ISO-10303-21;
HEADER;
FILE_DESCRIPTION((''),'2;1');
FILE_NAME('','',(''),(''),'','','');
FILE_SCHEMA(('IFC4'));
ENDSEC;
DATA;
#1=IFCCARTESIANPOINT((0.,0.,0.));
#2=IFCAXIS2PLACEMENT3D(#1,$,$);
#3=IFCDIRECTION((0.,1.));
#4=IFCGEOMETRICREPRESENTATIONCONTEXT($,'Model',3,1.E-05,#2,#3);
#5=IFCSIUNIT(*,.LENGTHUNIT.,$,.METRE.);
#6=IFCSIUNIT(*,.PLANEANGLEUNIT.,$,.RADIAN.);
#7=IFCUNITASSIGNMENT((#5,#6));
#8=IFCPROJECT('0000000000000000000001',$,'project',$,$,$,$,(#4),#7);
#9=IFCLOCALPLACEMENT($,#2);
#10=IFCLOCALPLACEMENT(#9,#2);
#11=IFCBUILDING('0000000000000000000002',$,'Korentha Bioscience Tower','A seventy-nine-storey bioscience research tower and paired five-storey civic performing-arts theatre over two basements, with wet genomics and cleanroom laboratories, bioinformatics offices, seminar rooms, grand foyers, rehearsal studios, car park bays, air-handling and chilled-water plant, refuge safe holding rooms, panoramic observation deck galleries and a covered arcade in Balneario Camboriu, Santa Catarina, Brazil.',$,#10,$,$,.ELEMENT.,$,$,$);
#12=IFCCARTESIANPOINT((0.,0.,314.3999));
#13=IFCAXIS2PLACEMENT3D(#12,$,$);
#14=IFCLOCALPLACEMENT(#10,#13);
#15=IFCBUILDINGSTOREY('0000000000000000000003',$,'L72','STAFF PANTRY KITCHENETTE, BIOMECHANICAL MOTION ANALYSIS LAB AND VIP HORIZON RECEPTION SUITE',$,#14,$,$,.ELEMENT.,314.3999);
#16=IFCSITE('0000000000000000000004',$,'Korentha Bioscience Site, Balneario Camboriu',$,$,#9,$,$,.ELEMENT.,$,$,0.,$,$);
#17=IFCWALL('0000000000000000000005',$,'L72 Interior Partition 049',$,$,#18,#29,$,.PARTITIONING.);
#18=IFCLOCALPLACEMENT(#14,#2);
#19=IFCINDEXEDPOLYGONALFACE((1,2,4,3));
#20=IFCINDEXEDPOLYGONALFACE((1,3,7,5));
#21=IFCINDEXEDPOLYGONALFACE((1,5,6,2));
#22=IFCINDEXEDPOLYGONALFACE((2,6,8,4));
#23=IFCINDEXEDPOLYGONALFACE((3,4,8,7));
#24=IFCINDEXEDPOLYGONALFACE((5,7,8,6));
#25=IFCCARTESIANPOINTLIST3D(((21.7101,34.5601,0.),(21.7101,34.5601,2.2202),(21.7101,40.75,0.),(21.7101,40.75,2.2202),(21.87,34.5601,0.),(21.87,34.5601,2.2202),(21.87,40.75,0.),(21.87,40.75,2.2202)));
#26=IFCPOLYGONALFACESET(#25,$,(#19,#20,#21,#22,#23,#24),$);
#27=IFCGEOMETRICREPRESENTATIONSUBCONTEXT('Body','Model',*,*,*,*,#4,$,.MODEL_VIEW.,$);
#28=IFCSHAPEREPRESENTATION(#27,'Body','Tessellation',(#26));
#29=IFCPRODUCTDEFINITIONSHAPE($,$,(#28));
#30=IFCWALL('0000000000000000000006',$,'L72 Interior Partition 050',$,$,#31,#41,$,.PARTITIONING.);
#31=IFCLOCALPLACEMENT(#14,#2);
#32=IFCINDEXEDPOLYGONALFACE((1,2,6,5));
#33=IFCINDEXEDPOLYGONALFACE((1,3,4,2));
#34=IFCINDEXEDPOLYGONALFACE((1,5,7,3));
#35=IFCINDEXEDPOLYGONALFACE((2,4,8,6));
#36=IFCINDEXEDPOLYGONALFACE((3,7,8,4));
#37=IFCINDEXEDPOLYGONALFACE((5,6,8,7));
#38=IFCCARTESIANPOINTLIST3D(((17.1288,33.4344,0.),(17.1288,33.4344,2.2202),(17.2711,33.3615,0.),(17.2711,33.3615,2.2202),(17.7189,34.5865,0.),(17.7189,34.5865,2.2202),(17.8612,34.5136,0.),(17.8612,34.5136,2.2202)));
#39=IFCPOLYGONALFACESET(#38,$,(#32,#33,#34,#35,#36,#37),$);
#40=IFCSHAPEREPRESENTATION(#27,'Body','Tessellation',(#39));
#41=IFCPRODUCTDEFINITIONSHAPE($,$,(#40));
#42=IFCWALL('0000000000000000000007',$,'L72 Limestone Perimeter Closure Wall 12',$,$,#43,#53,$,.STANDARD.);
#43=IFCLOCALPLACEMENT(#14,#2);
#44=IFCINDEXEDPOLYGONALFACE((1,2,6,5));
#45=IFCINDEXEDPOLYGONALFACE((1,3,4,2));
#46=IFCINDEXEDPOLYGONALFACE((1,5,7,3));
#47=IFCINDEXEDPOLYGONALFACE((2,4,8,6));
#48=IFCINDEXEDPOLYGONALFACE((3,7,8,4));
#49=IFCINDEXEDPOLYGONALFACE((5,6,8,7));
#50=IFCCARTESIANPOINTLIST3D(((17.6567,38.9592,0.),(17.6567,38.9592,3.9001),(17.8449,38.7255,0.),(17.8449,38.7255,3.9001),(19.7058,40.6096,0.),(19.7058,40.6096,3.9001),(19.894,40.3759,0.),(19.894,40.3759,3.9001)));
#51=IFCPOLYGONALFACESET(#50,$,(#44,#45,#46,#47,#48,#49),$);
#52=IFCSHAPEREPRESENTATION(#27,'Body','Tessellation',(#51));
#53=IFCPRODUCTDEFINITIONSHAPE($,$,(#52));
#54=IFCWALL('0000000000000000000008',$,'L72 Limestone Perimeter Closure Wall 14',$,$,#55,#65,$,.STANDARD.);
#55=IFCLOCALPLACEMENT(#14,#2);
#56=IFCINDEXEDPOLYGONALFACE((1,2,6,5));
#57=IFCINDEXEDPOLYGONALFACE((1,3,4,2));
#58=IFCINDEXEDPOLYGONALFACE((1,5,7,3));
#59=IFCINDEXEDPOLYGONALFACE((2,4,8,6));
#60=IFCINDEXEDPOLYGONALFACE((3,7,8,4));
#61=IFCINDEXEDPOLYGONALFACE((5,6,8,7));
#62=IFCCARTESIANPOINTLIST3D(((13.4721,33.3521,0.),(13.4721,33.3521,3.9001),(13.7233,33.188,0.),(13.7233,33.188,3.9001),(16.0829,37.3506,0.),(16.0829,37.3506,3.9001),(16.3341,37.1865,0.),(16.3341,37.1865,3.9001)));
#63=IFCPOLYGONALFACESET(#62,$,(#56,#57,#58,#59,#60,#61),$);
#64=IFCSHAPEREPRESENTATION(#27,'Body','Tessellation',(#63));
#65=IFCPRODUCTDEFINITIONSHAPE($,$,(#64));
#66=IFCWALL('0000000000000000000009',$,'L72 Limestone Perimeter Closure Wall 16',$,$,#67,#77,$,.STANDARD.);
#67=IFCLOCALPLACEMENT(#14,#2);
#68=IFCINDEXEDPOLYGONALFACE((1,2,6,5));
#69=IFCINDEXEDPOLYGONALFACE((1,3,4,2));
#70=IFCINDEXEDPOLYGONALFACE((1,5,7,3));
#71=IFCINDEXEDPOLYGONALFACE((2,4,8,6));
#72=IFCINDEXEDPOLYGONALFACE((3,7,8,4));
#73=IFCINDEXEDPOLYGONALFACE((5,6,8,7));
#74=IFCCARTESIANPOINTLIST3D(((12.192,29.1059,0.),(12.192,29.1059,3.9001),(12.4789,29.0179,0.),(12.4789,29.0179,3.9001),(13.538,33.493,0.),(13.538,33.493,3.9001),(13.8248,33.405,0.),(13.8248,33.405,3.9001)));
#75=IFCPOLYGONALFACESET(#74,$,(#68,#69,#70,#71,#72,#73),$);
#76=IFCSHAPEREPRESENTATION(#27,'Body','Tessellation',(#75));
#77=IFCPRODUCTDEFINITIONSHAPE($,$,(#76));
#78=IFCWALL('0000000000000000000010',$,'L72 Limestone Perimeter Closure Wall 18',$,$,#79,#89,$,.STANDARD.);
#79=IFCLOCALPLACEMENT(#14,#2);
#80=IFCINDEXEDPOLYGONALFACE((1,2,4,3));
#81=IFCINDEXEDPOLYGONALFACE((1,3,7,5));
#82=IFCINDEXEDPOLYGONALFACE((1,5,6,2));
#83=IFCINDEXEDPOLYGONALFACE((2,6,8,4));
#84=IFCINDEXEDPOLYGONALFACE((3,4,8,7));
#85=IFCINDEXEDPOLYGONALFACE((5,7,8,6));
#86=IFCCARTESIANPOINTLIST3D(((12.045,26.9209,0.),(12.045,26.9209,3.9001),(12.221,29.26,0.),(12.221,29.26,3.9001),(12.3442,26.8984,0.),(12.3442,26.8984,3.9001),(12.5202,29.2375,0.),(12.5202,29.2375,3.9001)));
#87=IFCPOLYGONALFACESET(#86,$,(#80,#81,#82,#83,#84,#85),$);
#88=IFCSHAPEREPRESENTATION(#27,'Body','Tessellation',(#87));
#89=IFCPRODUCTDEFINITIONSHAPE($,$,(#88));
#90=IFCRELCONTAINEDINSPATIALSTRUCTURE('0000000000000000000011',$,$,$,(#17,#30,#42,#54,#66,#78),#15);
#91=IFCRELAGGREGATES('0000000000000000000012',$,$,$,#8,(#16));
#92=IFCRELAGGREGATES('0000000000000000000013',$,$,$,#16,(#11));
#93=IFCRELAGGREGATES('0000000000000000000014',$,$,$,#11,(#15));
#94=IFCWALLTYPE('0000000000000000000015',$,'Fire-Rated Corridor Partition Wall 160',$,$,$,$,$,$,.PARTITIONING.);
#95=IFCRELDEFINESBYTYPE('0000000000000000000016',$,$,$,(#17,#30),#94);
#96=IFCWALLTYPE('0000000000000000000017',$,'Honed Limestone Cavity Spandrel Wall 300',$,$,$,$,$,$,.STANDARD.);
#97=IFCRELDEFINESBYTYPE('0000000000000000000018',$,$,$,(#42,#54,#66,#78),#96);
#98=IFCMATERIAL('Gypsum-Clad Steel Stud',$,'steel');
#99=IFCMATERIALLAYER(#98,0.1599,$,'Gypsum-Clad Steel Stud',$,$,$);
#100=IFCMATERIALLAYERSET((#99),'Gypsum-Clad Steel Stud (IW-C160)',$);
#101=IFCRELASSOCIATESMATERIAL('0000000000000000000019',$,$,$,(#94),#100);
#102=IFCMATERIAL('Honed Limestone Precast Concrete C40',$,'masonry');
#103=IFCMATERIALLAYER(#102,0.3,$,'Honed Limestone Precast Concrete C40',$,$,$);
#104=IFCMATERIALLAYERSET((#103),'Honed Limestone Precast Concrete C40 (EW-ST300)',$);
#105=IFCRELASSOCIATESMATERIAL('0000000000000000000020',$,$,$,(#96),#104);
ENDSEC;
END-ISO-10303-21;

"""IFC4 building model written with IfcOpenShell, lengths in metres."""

from ifc_helpers import new_model, si_unit, direction, frame, frame_2d, origin, place, context, subcontext, project, spatial, rectangle, extrude, material, layer, layer_set, type_object, element, save


model = new_model("IFC4")

# Units and contexts
model_context = context("Model", 3, precision=1e-05, world=origin(), true_north=direction((0.0, 1.0)))
body_context = subcontext(model_context, "Body", "Model", "MODEL_VIEW")
ifc_project = project(units=[si_unit("LENGTHUNIT", "METRE"), si_unit("PLANEANGLEUNIT", "RADIAN")], contexts=[model_context])

# Site, building, storey
site_placement = place(None, origin())
site = spatial("IfcSite", under=ifc_project, at=site_placement, Name="Korentha Bioscience Site, Balneario Camboriu", CompositionType="ELEMENT", RefElevation=0.0)
building_placement = place(site_placement, origin())
building = spatial("IfcBuilding", under=site, at=building_placement, Name="Korentha Bioscience Tower", Description="A seventy-nine-storey bioscience research tower and paired five-storey civic performing-arts theatre over two basements, with wet genomics and cleanroom laboratories, bioinformatics offices, seminar rooms, grand foyers, rehearsal studios, car park bays, air-handling and chilled-water plant, refuge safe holding rooms, panoramic observation deck galleries and a covered arcade in Balneario Camboriu, Santa Catarina, Brazil.", CompositionType="ELEMENT")
storey_placement = place(building_placement, frame((0.0, 0.0, 314.3999)))
storey = spatial("IfcBuildingStorey", under=building, at=storey_placement, Name="L72", Description="STAFF PANTRY KITCHENETTE, BIOMECHANICAL MOTION ANALYSIS LAB AND VIP HORIZON RECEPTION SUITE", CompositionType="ELEMENT", Elevation=314.3999)

# Shared definitions
ifc_material_1 = material(Name="Gypsum-Clad Steel Stud", Category="steel")
ifc_layer_1 = layer(ifc_material_1, 0.1599, Name="Gypsum-Clad Steel Stud")
ifc_layer_set_1 = layer_set([ifc_layer_1], Name="Gypsum-Clad Steel Stud (IW-C160)")
wall_type_1 = type_object("IfcWallType", Name="Fire-Rated Corridor Partition Wall 160", PredefinedType="PARTITIONING", material=ifc_layer_set_1)

# Walls
wall_1_placement = place(storey_placement, frame((21.79, 40.75, 0.0), z_axis=(0.0, 0.0, 1.0), x_axis=(0.0, -1.0, 0.0)))
element("IfcWall", 1, at=wall_1_placement, inside=storey, type_object=wall_type_1, Name="L72 Interior Partition 049", PredefinedType="PARTITIONING", context=body_context, shape_type="SweptSolid", body=[
    extrude(rectangle(XDim=6.1899, YDim=0.1599, at=frame_2d((3.095, 0.0))), origin(), (0.0, 0.0, 1.0), 2.2202),
])
wall_2_placement = place(storey_placement, frame((17.79, 34.55, 0.0), z_axis=(0.0, 0.0, 1.0), x_axis=(-0.455869, -0.890047, 0.0)))
element("IfcWall", 2, at=wall_2_placement, inside=storey, type_object=wall_type_1, Name="L72 Interior Partition 050", PredefinedType="PARTITIONING", context=body_context, shape_type="SweptSolid", body=[
    extrude(rectangle(XDim=1.2944, YDim=0.1599, at=frame_2d((0.6472, 0.0))), origin(), (0.0, 0.0, 1.0), 2.2202),
])
ifc_material_2 = material(Name="Honed Limestone Precast Concrete C40", Category="masonry")
ifc_layer_2 = layer(ifc_material_2, 0.3, Name="Honed Limestone Precast Concrete C40")
ifc_layer_set_2 = layer_set([ifc_layer_2], Name="Honed Limestone Precast Concrete C40 (EW-ST300)")
wall_type_2 = type_object("IfcWallType", Name="Honed Limestone Cavity Spandrel Wall 300", PredefinedType="STANDARD", material=ifc_layer_set_2)
wall_3_placement = place(storey_placement, frame((19.7998, 40.4927, 0.0), z_axis=(0.0, 0.0, 1.0), x_axis=(-0.7788, -0.627272, 0.0)))
element("IfcWall", 3, at=wall_3_placement, inside=storey, type_object=wall_type_2, Name="L72 Limestone Perimeter Closure Wall 12", PredefinedType="STANDARD", context=body_context, shape_type="SweptSolid", body=[
    extrude(rectangle(XDim=2.6311, YDim=0.3, at=frame_2d((1.3154, 0.0))), origin(), (0.0, 0.0, 1.0), 3.9001),
])
wall_4_placement = place(storey_placement, frame((16.2085, 37.2686, 0.0), z_axis=(0.0, 0.0, 1.0), x_axis=(-0.546723, -0.837313, 0.0)))
element("IfcWall", 4, at=wall_4_placement, inside=storey, type_object=wall_type_2, Name="L72 Limestone Perimeter Closure Wall 14", PredefinedType="STANDARD", context=body_context, shape_type="SweptSolid", body=[
    extrude(rectangle(XDim=4.7754, YDim=0.3, at=frame_2d((2.3877, 0.0))), origin(), (0.0, 0.0, 1.0), 3.9001),
])
wall_5_placement = place(storey_placement, frame((13.6814, 33.449, 0.0), z_axis=(0.0, 0.0, 1.0), x_axis=(-0.293312, -0.956017, 0.0)))
element("IfcWall", 5, at=wall_5_placement, inside=storey, type_object=wall_type_2, Name="L72 Limestone Perimeter Closure Wall 16", PredefinedType="STANDARD", context=body_context, shape_type="SweptSolid", body=[
    extrude(rectangle(XDim=4.5889, YDim=0.3, at=frame_2d((2.2944, 0.0))), origin(), (0.0, 0.0, 1.0), 3.9001),
])
wall_6_placement = place(storey_placement, frame((12.3706, 29.2488, 0.0), z_axis=(0.0, 0.0, 1.0), x_axis=(-0.075041, -0.99718, 0.0)))
element("IfcWall", 6, at=wall_6_placement, inside=storey, type_object=wall_type_2, Name="L72 Limestone Perimeter Closure Wall 18", PredefinedType="STANDARD", context=body_context, shape_type="SweptSolid", body=[
    extrude(rectangle(XDim=2.3457, YDim=0.3, at=frame_2d((1.1729, 0.0))), origin(), (0.0, 0.0, 1.0), 3.9001),
])

save(model, "model.ifc")
